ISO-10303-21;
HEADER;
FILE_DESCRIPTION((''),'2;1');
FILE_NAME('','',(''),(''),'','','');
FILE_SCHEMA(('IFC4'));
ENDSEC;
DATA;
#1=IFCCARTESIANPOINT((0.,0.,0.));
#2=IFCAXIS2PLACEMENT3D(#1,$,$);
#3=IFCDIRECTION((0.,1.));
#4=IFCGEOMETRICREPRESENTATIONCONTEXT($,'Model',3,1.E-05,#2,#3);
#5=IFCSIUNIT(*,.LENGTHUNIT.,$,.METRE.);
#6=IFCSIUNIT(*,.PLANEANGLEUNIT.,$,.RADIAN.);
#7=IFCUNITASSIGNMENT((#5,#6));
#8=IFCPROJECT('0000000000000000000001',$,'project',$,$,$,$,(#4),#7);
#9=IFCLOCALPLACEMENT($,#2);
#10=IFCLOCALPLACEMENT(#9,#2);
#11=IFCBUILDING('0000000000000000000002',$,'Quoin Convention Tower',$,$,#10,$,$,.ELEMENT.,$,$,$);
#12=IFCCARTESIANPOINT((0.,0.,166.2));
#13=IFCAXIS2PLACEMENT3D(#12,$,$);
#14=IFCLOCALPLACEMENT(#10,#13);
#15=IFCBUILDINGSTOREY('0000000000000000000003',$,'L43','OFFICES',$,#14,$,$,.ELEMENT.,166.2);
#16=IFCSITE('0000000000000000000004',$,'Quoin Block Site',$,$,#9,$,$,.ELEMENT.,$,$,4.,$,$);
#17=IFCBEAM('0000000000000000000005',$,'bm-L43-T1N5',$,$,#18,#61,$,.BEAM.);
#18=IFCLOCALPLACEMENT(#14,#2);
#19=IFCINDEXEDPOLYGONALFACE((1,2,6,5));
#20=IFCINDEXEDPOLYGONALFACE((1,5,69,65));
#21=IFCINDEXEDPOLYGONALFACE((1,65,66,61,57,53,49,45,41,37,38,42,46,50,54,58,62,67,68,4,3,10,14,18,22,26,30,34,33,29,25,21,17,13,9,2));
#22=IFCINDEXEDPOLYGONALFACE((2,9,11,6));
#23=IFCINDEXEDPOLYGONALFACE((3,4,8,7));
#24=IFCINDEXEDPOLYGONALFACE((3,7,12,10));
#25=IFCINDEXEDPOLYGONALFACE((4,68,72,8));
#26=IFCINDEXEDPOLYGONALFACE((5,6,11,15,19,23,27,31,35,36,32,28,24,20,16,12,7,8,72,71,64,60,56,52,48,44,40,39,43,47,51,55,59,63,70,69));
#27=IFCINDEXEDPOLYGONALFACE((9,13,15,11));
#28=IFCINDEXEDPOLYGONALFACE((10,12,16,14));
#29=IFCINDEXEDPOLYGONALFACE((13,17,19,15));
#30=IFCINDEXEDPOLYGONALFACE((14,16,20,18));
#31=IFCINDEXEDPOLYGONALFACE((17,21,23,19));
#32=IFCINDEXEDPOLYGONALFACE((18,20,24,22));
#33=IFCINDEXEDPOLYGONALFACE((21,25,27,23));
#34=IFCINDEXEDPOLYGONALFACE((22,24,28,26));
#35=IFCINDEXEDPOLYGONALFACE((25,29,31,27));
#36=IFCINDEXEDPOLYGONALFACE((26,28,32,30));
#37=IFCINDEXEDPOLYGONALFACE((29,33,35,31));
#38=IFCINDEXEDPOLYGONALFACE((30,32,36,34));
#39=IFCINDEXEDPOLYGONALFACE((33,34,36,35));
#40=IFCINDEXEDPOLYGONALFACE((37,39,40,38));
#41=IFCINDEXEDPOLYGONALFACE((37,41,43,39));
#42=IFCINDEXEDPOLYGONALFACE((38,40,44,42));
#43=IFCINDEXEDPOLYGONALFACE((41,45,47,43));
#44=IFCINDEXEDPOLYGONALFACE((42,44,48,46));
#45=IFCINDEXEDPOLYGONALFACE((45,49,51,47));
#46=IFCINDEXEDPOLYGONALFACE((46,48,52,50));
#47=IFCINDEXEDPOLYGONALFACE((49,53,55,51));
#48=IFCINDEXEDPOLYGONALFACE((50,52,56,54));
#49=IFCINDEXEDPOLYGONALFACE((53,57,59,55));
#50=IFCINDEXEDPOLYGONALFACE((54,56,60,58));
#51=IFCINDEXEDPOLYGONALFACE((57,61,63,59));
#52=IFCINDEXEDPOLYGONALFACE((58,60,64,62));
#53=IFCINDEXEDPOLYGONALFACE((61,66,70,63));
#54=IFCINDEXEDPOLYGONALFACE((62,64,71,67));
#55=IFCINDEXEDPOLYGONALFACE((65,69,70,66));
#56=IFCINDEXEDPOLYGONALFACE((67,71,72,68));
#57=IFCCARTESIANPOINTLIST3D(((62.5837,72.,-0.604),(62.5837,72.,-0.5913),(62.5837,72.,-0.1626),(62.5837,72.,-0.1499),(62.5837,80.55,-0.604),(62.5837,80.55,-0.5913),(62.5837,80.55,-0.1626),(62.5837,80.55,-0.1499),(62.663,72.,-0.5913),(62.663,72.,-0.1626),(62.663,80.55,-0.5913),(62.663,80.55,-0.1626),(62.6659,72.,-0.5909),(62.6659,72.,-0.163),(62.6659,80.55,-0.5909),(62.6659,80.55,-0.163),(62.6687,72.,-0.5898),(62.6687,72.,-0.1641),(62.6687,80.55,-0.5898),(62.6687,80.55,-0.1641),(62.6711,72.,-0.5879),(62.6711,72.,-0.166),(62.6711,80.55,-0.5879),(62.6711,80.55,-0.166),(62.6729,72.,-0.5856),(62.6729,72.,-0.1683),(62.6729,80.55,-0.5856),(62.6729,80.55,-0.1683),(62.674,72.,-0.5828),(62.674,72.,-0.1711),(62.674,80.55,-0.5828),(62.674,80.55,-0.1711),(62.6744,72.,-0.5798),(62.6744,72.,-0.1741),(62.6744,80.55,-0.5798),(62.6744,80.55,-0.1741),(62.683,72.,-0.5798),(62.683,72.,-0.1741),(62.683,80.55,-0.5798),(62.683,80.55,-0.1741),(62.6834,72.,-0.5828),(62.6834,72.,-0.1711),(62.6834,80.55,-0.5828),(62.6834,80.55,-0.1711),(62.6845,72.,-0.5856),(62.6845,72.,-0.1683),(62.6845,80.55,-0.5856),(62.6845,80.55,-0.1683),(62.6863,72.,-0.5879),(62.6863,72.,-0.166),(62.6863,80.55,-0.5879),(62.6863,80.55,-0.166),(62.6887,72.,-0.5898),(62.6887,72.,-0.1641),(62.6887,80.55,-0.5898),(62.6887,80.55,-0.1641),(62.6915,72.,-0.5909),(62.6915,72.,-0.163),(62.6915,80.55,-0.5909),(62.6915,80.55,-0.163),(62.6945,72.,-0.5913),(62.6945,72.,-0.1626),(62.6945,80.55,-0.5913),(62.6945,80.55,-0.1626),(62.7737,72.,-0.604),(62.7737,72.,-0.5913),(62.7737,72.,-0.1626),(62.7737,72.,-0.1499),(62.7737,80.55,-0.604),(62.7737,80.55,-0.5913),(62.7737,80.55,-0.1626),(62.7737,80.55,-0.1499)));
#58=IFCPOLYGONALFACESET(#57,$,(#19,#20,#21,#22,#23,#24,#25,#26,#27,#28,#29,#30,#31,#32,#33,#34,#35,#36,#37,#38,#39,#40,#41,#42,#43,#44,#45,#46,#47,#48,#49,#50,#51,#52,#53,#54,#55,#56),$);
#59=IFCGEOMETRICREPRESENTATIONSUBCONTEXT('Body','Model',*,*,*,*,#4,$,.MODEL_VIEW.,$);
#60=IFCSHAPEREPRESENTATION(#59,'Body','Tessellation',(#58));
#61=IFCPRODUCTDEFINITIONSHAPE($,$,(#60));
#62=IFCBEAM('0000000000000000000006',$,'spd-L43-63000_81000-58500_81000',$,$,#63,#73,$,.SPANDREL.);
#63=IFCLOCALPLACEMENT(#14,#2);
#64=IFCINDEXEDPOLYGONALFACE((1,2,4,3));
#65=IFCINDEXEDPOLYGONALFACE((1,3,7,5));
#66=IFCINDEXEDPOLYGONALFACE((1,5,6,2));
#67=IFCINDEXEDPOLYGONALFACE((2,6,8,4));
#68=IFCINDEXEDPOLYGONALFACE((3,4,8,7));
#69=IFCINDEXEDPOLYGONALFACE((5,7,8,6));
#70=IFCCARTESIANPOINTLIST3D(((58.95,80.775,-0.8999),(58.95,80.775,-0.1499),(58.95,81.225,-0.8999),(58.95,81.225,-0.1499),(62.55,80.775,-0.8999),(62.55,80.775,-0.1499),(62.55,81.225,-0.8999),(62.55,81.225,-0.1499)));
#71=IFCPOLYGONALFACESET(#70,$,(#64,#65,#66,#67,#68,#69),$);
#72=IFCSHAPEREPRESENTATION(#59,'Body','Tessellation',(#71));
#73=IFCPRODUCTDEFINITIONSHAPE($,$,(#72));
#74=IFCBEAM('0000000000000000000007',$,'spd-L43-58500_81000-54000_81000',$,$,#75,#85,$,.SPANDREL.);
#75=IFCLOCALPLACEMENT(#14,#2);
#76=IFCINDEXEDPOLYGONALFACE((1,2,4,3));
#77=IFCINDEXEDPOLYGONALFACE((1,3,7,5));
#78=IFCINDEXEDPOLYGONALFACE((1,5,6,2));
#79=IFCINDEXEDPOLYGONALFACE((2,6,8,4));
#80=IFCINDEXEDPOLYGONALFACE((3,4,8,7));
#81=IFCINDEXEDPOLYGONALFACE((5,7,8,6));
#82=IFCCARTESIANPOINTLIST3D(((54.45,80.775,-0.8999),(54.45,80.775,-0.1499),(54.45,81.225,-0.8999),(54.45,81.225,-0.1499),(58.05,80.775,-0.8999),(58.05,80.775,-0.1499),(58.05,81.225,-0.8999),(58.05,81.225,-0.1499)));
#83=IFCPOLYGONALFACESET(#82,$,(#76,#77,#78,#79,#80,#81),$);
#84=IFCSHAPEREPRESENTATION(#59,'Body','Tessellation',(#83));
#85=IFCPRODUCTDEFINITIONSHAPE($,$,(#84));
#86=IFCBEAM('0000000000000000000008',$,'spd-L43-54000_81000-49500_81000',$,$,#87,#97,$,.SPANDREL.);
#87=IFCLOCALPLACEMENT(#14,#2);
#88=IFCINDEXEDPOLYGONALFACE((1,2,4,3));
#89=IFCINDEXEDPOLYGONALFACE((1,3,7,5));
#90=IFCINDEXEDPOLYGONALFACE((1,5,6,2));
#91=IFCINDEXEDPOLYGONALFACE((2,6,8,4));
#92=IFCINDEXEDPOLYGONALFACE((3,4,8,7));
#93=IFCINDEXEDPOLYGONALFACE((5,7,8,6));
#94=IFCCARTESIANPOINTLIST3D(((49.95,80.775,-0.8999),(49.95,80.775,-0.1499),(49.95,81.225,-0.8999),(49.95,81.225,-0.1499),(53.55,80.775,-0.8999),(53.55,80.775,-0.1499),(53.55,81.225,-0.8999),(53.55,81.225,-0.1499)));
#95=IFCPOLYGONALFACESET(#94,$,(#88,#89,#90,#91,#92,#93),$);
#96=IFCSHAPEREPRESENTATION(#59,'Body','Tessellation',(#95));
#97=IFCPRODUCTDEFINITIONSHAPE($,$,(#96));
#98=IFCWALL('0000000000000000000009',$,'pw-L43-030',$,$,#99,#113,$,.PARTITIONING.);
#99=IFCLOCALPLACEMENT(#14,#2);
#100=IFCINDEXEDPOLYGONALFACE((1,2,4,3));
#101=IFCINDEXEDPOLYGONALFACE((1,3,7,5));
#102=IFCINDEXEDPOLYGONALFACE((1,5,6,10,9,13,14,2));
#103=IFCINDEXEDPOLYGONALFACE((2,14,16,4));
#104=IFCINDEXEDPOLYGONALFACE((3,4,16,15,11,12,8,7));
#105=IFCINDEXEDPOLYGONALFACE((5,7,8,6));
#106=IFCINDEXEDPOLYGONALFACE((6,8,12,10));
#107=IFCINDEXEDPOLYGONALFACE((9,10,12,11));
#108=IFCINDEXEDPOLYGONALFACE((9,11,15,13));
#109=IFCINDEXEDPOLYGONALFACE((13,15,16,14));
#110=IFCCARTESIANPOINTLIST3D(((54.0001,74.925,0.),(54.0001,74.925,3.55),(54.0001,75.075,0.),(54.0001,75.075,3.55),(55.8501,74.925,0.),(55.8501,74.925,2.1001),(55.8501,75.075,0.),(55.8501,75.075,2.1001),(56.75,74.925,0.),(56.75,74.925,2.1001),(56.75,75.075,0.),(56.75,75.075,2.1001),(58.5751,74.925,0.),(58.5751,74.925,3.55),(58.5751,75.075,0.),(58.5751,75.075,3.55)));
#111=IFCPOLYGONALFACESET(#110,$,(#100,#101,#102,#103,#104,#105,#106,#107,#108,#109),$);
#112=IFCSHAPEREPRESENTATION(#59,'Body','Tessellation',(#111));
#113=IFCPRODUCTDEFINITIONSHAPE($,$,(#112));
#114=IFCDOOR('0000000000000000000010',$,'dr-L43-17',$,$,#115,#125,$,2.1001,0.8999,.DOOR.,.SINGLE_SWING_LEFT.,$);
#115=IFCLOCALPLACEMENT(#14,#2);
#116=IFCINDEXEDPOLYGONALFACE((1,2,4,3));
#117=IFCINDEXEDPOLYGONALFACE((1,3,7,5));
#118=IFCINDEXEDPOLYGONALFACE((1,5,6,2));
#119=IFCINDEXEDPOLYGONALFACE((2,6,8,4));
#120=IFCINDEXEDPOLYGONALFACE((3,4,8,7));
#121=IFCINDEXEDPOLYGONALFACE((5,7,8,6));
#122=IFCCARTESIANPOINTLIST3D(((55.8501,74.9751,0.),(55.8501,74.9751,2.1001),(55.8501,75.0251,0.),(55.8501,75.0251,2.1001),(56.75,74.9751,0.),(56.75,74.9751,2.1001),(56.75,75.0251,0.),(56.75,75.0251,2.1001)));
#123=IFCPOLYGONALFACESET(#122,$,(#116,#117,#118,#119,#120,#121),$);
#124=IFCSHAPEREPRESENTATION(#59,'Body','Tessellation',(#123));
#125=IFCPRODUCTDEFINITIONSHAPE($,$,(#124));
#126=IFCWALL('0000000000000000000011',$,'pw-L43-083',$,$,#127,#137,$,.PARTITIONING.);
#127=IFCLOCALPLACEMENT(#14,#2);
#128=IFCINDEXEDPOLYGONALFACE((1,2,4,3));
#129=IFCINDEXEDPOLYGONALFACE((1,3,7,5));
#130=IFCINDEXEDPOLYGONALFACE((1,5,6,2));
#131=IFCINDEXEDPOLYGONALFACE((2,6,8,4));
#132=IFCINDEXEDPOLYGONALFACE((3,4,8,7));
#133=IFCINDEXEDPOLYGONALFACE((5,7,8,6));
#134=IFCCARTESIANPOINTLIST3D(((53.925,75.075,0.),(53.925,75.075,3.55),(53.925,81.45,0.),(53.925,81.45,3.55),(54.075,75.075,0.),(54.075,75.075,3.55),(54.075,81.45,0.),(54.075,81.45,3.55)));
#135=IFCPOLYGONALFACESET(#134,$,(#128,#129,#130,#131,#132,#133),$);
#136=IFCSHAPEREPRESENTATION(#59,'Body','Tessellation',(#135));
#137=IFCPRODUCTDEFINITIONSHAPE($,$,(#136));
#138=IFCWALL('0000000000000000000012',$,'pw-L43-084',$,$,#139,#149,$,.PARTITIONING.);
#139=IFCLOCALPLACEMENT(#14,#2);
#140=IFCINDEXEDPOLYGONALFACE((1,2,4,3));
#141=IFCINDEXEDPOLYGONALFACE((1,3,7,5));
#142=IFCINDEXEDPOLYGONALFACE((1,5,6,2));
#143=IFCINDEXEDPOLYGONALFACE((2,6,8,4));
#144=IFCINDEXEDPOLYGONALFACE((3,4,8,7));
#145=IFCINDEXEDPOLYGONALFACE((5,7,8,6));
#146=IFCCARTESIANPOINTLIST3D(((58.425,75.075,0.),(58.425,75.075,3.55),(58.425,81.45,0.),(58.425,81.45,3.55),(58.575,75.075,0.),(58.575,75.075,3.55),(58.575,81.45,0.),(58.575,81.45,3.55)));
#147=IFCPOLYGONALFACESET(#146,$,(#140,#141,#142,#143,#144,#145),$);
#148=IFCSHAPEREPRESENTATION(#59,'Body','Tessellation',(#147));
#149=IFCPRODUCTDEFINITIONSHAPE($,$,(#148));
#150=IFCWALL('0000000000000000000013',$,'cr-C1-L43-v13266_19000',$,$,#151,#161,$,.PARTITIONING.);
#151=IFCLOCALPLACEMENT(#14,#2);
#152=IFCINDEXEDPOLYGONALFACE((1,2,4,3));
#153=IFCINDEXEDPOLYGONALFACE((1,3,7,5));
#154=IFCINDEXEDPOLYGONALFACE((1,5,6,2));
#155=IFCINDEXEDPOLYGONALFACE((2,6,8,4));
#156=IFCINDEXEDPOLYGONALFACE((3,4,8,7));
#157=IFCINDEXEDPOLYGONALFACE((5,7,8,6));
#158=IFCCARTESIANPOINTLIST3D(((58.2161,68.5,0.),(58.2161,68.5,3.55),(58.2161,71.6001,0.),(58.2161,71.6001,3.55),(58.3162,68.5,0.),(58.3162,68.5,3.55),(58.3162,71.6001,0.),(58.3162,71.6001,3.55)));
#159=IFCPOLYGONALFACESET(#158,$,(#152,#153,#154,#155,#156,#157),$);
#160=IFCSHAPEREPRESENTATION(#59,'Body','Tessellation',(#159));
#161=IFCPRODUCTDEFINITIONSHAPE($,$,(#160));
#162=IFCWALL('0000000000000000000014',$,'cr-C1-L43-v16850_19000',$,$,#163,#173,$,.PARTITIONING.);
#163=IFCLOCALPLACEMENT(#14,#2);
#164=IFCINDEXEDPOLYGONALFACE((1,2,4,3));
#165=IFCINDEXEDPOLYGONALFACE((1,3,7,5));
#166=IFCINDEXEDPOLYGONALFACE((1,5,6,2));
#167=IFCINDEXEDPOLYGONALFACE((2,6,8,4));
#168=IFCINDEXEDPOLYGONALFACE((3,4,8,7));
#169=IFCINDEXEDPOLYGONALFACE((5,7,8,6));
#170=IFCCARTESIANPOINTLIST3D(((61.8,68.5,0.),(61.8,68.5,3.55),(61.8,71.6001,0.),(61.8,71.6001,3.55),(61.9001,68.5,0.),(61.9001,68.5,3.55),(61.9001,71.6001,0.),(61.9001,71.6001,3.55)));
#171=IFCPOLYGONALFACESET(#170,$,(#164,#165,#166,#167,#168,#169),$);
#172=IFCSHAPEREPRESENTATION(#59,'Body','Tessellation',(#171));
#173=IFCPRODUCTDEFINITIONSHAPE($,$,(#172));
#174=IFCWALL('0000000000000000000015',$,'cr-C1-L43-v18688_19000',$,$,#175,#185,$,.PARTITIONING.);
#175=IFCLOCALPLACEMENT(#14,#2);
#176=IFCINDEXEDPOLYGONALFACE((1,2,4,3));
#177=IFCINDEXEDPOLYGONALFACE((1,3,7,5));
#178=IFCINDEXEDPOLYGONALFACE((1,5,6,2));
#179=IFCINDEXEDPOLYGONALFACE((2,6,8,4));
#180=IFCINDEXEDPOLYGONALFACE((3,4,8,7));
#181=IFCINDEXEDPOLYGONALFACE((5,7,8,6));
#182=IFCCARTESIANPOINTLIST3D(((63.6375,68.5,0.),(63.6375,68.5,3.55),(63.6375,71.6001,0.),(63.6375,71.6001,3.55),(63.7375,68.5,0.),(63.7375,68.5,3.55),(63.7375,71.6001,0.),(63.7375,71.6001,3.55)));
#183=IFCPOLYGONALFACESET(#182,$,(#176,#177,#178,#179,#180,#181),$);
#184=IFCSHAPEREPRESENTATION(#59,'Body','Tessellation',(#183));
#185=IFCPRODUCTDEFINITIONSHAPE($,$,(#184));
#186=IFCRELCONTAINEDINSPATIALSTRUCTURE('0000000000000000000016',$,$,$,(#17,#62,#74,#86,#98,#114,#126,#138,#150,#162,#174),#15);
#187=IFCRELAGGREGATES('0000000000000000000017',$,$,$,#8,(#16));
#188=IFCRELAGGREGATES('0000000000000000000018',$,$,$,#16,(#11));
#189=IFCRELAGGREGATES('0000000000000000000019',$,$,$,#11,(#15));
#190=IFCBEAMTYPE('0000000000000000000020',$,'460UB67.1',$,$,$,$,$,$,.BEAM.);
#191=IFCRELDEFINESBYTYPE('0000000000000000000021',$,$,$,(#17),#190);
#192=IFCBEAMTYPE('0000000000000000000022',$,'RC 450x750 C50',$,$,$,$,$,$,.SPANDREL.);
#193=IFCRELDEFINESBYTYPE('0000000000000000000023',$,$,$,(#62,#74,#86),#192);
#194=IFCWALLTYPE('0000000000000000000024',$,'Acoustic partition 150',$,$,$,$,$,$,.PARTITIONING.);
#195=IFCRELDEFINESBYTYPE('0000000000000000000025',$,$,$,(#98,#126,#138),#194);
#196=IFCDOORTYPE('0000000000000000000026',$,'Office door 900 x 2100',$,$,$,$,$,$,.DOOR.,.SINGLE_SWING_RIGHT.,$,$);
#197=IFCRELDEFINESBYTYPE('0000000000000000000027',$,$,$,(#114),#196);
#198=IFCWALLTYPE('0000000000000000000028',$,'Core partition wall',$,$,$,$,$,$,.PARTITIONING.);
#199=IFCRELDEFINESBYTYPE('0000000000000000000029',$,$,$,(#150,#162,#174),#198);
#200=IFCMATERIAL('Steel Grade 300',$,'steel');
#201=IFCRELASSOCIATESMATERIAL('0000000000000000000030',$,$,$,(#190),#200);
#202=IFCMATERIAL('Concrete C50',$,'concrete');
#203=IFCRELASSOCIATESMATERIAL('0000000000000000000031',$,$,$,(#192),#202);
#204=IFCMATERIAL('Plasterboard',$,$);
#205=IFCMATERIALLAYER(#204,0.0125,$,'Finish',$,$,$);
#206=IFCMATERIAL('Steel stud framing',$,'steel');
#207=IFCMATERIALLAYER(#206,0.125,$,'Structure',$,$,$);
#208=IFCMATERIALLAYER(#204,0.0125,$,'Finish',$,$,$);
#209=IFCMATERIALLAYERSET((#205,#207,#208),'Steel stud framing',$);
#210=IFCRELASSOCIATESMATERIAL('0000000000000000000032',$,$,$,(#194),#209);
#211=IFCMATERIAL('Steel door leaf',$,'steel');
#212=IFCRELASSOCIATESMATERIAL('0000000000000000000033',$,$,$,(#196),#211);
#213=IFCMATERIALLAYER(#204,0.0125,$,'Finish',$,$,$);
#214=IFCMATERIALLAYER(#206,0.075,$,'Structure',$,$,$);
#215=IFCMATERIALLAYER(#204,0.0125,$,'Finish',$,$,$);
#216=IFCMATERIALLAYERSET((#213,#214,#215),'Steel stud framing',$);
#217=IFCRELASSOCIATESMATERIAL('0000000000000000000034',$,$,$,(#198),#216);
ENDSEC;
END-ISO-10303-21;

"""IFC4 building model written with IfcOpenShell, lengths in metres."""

from ifc_helpers import new_model, si_unit, direction, frame, frame_2d, origin, origin_2d, place, context, subcontext, project, spatial, rectangle, i_section, extrude, material, layer, layer_set, material_profile, profile_set, type_object, element, fill, save


model = new_model("IFC4")

# Units and contexts
model_context = context("Model", 3, precision=1e-05, world=origin(), true_north=direction((0.0, 1.0)))
body_context = subcontext(model_context, "Body", "Model", "MODEL_VIEW")
ifc_project = project(units=[si_unit("LENGTHUNIT", "METRE"), si_unit("PLANEANGLEUNIT", "RADIAN")], contexts=[model_context])

# Site, building, storey
site_placement = place(None, origin())
site = spatial("IfcSite", under=ifc_project, at=site_placement, Name="Quoin Block Site", CompositionType="ELEMENT", RefElevation=4.0)
building_placement = place(site_placement, origin())
building = spatial("IfcBuilding", under=site, at=building_placement, Name="Quoin Convention Tower", CompositionType="ELEMENT")
storey_placement = place(building_placement, frame((0.0, 0.0, 166.2)))
storey = spatial("IfcBuildingStorey", under=building, at=storey_placement, Name="L43", Description="OFFICES", CompositionType="ELEMENT", Elevation=166.2)

# Shared definitions
ifc_material_1 = material(Name="Concrete C50", Category="concrete")

# Beams
ifc_material_2 = material(Name="Steel Grade 300", Category="steel")
ifc_material_profile_1 = material_profile(ifc_material_2, i_section(OverallWidth=0.1899, OverallDepth=0.4541, WebThickness=0.0085, FlangeThickness=0.0127, FilletRadius=0.0115, at=origin_2d()), Name="460UB67.1")
ifc_profile_set_1 = profile_set([ifc_material_profile_1], Name="Steel Grade 300")
beam_type_1 = type_object("IfcBeamType", Name="460UB67.1", PredefinedType="BEAM", material=ifc_profile_set_1)
beam_placement = place(storey_placement, frame((62.6787, 72.0, -0.377), z_axis=(0.0, 1.0, 0.0), x_axis=(-1.0, 0.0, 0.0)))
element("IfcBeam", 1, at=beam_placement, inside=storey, type_object=beam_type_1, Name="bm-L43-T1N5", PredefinedType="BEAM", context=body_context, shape_type="SweptSolid", body=[
    extrude(i_section(OverallWidth=0.1899, OverallDepth=0.4541, WebThickness=0.0085, FlangeThickness=0.0127, FilletRadius=0.0115, at=origin_2d()), origin(), (0.0, 0.0, 1.0), 8.55),
])
ifc_material_profile_2 = material_profile(ifc_material_1, rectangle(XDim=0.45, YDim=0.75, at=origin_2d()), Name="RC 450x750")
ifc_profile_set_2 = profile_set([ifc_material_profile_2], Name="Concrete C50")
beam_type_2 = type_object("IfcBeamType", Name="RC 450x750 C50", PredefinedType="SPANDREL", material=ifc_profile_set_2)
for number, where, z_axis, x_axis, name in (
    (2, (62.55, 81.0, -0.5249), (-1.0, 0.0, 0.0), (0.0, -1.0, 0.0), "spd-L43-63000_81000-58500_81000"),
    (3, (58.05, 81.0, -0.5249), (-1.0, 0.0, 0.0), (0.0, -1.0, 0.0), "spd-L43-58500_81000-54000_81000"),
    (4, (53.55, 81.0, -0.5249), (-1.0, 0.0, 0.0), (0.0, -1.0, 0.0), "spd-L43-54000_81000-49500_81000"),
):
    element("IfcBeam", number, at=place(storey_placement, frame(where, z_axis=z_axis, x_axis=x_axis)), inside=storey, type_object=beam_type_2, Name=name, PredefinedType="SPANDREL", context=body_context, shape_type="SweptSolid", body=[
        extrude(rectangle(XDim=0.45, YDim=0.75, at=origin_2d()), origin(), (0.0, 0.0, 1.0), 3.6001),
    ])

# Wall, opening, door
ifc_material_3 = material(Name="Plasterboard")
ifc_layer_1 = layer(ifc_material_3, 0.0125, Name="Finish")
ifc_material_4 = material(Name="Steel stud framing", Category="steel")
ifc_layer_2 = layer(ifc_material_4, 0.125, Name="Structure")
ifc_layer_3 = layer(ifc_material_3, 0.0125, Name="Finish")
ifc_layer_set_1 = layer_set([ifc_layer_1, ifc_layer_2, ifc_layer_3], Name="Steel stud framing")
wall_type_1 = type_object("IfcWallType", Name="Acoustic partition 150", PredefinedType="PARTITIONING", material=ifc_layer_set_1)
wall_1_placement = place(storey_placement, frame((54.0, 75.0, 0.0), z_axis=(0.0, 0.0, 1.0), x_axis=(1.0, 0.0, 0.0)))
wall_1 = element("IfcWall", 5, at=wall_1_placement, inside=storey, type_object=wall_type_1, Name="pw-L43-030", PredefinedType="PARTITIONING", context=body_context, shape_type="SweptSolid", body=[
    extrude(rectangle(XDim=4.575, YDim=0.1499, at=frame_2d((2.2876, 0.0))), origin(), (0.0, 0.0, 1.0), 3.55),
])
opening_1_placement = place(wall_1_placement, frame((1.8501, 0.0, 0.0)))
opening_1 = element("IfcOpeningElement", 6, at=opening_1_placement, cuts=wall_1, PredefinedType="OPENING", context=body_context, shape_type="SweptSolid", body=[
    extrude(rectangle(XDim=0.8999, YDim=2.1001, at=frame_2d((0.45, 1.05))), frame((0.0, 0.085, 0.0), z_axis=(0.0, -1.0, 0.0), x_axis=(1.0, 0.0, 0.0)), (0.0, 0.0, 1.0), 0.1699),
])
ifc_material_5 = material(Name="Steel door leaf", Category="steel")
door_type = type_object("IfcDoorType", Name="Office door 900 x 2100", OperationType="SINGLE_SWING_RIGHT", PredefinedType="DOOR", material=ifc_material_5)
door_1_placement = place(opening_1_placement, frame((0.8999, 0.0, 0.0), z_axis=(0.0, 0.0, 1.0), x_axis=(-1.0, 0.0, 0.0)))
door_1 = element("IfcDoor", 7, at=door_1_placement, inside=storey, type_object=door_type, Name="dr-L43-17", OperationType="SINGLE_SWING_LEFT", OverallHeight=2.1001, OverallWidth=0.8999, PredefinedType="DOOR", context=body_context, shape_type="SweptSolid", body=[
    extrude(rectangle(XDim=0.8999, YDim=2.1001, at=frame_2d((0.45, 1.05))), frame((0.0, 0.0249, 0.0), z_axis=(0.0, -1.0, 0.0), x_axis=(1.0, 0.0, 0.0)), (0.0, 0.0, 1.0), 0.05),
])
fill(opening_1, door_1)

# Walls
for number, where, z_axis, x_axis, name in (
    (8, (54.0, 75.075, 0.0), (0.0, 0.0, 1.0), (0.0, 1.0, 0.0), "pw-L43-083"),
    (9, (58.5, 75.075, 0.0), (0.0, 0.0, 1.0), (0.0, 1.0, 0.0), "pw-L43-084"),
):
    element("IfcWall", number, at=place(storey_placement, frame(where, z_axis=z_axis, x_axis=x_axis)), inside=storey, type_object=wall_type_1, Name=name, PredefinedType="PARTITIONING", context=body_context, shape_type="SweptSolid", body=[
        extrude(rectangle(XDim=6.375, YDim=0.1499, at=frame_2d((3.1875, 0.0))), origin(), (0.0, 0.0, 1.0), 3.55),
    ])
ifc_layer_4 = layer(ifc_material_3, 0.0125, Name="Finish")
ifc_layer_5 = layer(ifc_material_4, 0.075, Name="Structure")
ifc_layer_6 = layer(ifc_material_3, 0.0125, Name="Finish")
ifc_layer_set_2 = layer_set([ifc_layer_4, ifc_layer_5, ifc_layer_6], Name="Steel stud framing")
wall_type_2 = type_object("IfcWallType", Name="Core partition wall", PredefinedType="PARTITIONING", material=ifc_layer_set_2)
for number, where, z_axis, x_axis, name in (
    (10, (58.2661, 68.5, 0.0), (0.0, 0.0, 1.0), (0.0, 1.0, 0.0), "cr-C1-L43-v13266_19000"),
    (11, (61.8501, 68.5, 0.0), (0.0, 0.0, 1.0), (0.0, 1.0, 0.0), "cr-C1-L43-v16850_19000"),
    (12, (63.6875, 68.5, 0.0), (0.0, 0.0, 1.0), (0.0, 1.0, 0.0), "cr-C1-L43-v18688_19000"),
):
    element("IfcWall", number, at=place(storey_placement, frame(where, z_axis=z_axis, x_axis=x_axis)), inside=storey, type_object=wall_type_2, Name=name, PredefinedType="PARTITIONING", context=body_context, shape_type="SweptSolid", body=[
        extrude(rectangle(XDim=3.1001, YDim=0.1001, at=frame_2d((1.55, 0.0))), origin(), (0.0, 0.0, 1.0), 3.55),
    ])

save(model, "model.ifc")
